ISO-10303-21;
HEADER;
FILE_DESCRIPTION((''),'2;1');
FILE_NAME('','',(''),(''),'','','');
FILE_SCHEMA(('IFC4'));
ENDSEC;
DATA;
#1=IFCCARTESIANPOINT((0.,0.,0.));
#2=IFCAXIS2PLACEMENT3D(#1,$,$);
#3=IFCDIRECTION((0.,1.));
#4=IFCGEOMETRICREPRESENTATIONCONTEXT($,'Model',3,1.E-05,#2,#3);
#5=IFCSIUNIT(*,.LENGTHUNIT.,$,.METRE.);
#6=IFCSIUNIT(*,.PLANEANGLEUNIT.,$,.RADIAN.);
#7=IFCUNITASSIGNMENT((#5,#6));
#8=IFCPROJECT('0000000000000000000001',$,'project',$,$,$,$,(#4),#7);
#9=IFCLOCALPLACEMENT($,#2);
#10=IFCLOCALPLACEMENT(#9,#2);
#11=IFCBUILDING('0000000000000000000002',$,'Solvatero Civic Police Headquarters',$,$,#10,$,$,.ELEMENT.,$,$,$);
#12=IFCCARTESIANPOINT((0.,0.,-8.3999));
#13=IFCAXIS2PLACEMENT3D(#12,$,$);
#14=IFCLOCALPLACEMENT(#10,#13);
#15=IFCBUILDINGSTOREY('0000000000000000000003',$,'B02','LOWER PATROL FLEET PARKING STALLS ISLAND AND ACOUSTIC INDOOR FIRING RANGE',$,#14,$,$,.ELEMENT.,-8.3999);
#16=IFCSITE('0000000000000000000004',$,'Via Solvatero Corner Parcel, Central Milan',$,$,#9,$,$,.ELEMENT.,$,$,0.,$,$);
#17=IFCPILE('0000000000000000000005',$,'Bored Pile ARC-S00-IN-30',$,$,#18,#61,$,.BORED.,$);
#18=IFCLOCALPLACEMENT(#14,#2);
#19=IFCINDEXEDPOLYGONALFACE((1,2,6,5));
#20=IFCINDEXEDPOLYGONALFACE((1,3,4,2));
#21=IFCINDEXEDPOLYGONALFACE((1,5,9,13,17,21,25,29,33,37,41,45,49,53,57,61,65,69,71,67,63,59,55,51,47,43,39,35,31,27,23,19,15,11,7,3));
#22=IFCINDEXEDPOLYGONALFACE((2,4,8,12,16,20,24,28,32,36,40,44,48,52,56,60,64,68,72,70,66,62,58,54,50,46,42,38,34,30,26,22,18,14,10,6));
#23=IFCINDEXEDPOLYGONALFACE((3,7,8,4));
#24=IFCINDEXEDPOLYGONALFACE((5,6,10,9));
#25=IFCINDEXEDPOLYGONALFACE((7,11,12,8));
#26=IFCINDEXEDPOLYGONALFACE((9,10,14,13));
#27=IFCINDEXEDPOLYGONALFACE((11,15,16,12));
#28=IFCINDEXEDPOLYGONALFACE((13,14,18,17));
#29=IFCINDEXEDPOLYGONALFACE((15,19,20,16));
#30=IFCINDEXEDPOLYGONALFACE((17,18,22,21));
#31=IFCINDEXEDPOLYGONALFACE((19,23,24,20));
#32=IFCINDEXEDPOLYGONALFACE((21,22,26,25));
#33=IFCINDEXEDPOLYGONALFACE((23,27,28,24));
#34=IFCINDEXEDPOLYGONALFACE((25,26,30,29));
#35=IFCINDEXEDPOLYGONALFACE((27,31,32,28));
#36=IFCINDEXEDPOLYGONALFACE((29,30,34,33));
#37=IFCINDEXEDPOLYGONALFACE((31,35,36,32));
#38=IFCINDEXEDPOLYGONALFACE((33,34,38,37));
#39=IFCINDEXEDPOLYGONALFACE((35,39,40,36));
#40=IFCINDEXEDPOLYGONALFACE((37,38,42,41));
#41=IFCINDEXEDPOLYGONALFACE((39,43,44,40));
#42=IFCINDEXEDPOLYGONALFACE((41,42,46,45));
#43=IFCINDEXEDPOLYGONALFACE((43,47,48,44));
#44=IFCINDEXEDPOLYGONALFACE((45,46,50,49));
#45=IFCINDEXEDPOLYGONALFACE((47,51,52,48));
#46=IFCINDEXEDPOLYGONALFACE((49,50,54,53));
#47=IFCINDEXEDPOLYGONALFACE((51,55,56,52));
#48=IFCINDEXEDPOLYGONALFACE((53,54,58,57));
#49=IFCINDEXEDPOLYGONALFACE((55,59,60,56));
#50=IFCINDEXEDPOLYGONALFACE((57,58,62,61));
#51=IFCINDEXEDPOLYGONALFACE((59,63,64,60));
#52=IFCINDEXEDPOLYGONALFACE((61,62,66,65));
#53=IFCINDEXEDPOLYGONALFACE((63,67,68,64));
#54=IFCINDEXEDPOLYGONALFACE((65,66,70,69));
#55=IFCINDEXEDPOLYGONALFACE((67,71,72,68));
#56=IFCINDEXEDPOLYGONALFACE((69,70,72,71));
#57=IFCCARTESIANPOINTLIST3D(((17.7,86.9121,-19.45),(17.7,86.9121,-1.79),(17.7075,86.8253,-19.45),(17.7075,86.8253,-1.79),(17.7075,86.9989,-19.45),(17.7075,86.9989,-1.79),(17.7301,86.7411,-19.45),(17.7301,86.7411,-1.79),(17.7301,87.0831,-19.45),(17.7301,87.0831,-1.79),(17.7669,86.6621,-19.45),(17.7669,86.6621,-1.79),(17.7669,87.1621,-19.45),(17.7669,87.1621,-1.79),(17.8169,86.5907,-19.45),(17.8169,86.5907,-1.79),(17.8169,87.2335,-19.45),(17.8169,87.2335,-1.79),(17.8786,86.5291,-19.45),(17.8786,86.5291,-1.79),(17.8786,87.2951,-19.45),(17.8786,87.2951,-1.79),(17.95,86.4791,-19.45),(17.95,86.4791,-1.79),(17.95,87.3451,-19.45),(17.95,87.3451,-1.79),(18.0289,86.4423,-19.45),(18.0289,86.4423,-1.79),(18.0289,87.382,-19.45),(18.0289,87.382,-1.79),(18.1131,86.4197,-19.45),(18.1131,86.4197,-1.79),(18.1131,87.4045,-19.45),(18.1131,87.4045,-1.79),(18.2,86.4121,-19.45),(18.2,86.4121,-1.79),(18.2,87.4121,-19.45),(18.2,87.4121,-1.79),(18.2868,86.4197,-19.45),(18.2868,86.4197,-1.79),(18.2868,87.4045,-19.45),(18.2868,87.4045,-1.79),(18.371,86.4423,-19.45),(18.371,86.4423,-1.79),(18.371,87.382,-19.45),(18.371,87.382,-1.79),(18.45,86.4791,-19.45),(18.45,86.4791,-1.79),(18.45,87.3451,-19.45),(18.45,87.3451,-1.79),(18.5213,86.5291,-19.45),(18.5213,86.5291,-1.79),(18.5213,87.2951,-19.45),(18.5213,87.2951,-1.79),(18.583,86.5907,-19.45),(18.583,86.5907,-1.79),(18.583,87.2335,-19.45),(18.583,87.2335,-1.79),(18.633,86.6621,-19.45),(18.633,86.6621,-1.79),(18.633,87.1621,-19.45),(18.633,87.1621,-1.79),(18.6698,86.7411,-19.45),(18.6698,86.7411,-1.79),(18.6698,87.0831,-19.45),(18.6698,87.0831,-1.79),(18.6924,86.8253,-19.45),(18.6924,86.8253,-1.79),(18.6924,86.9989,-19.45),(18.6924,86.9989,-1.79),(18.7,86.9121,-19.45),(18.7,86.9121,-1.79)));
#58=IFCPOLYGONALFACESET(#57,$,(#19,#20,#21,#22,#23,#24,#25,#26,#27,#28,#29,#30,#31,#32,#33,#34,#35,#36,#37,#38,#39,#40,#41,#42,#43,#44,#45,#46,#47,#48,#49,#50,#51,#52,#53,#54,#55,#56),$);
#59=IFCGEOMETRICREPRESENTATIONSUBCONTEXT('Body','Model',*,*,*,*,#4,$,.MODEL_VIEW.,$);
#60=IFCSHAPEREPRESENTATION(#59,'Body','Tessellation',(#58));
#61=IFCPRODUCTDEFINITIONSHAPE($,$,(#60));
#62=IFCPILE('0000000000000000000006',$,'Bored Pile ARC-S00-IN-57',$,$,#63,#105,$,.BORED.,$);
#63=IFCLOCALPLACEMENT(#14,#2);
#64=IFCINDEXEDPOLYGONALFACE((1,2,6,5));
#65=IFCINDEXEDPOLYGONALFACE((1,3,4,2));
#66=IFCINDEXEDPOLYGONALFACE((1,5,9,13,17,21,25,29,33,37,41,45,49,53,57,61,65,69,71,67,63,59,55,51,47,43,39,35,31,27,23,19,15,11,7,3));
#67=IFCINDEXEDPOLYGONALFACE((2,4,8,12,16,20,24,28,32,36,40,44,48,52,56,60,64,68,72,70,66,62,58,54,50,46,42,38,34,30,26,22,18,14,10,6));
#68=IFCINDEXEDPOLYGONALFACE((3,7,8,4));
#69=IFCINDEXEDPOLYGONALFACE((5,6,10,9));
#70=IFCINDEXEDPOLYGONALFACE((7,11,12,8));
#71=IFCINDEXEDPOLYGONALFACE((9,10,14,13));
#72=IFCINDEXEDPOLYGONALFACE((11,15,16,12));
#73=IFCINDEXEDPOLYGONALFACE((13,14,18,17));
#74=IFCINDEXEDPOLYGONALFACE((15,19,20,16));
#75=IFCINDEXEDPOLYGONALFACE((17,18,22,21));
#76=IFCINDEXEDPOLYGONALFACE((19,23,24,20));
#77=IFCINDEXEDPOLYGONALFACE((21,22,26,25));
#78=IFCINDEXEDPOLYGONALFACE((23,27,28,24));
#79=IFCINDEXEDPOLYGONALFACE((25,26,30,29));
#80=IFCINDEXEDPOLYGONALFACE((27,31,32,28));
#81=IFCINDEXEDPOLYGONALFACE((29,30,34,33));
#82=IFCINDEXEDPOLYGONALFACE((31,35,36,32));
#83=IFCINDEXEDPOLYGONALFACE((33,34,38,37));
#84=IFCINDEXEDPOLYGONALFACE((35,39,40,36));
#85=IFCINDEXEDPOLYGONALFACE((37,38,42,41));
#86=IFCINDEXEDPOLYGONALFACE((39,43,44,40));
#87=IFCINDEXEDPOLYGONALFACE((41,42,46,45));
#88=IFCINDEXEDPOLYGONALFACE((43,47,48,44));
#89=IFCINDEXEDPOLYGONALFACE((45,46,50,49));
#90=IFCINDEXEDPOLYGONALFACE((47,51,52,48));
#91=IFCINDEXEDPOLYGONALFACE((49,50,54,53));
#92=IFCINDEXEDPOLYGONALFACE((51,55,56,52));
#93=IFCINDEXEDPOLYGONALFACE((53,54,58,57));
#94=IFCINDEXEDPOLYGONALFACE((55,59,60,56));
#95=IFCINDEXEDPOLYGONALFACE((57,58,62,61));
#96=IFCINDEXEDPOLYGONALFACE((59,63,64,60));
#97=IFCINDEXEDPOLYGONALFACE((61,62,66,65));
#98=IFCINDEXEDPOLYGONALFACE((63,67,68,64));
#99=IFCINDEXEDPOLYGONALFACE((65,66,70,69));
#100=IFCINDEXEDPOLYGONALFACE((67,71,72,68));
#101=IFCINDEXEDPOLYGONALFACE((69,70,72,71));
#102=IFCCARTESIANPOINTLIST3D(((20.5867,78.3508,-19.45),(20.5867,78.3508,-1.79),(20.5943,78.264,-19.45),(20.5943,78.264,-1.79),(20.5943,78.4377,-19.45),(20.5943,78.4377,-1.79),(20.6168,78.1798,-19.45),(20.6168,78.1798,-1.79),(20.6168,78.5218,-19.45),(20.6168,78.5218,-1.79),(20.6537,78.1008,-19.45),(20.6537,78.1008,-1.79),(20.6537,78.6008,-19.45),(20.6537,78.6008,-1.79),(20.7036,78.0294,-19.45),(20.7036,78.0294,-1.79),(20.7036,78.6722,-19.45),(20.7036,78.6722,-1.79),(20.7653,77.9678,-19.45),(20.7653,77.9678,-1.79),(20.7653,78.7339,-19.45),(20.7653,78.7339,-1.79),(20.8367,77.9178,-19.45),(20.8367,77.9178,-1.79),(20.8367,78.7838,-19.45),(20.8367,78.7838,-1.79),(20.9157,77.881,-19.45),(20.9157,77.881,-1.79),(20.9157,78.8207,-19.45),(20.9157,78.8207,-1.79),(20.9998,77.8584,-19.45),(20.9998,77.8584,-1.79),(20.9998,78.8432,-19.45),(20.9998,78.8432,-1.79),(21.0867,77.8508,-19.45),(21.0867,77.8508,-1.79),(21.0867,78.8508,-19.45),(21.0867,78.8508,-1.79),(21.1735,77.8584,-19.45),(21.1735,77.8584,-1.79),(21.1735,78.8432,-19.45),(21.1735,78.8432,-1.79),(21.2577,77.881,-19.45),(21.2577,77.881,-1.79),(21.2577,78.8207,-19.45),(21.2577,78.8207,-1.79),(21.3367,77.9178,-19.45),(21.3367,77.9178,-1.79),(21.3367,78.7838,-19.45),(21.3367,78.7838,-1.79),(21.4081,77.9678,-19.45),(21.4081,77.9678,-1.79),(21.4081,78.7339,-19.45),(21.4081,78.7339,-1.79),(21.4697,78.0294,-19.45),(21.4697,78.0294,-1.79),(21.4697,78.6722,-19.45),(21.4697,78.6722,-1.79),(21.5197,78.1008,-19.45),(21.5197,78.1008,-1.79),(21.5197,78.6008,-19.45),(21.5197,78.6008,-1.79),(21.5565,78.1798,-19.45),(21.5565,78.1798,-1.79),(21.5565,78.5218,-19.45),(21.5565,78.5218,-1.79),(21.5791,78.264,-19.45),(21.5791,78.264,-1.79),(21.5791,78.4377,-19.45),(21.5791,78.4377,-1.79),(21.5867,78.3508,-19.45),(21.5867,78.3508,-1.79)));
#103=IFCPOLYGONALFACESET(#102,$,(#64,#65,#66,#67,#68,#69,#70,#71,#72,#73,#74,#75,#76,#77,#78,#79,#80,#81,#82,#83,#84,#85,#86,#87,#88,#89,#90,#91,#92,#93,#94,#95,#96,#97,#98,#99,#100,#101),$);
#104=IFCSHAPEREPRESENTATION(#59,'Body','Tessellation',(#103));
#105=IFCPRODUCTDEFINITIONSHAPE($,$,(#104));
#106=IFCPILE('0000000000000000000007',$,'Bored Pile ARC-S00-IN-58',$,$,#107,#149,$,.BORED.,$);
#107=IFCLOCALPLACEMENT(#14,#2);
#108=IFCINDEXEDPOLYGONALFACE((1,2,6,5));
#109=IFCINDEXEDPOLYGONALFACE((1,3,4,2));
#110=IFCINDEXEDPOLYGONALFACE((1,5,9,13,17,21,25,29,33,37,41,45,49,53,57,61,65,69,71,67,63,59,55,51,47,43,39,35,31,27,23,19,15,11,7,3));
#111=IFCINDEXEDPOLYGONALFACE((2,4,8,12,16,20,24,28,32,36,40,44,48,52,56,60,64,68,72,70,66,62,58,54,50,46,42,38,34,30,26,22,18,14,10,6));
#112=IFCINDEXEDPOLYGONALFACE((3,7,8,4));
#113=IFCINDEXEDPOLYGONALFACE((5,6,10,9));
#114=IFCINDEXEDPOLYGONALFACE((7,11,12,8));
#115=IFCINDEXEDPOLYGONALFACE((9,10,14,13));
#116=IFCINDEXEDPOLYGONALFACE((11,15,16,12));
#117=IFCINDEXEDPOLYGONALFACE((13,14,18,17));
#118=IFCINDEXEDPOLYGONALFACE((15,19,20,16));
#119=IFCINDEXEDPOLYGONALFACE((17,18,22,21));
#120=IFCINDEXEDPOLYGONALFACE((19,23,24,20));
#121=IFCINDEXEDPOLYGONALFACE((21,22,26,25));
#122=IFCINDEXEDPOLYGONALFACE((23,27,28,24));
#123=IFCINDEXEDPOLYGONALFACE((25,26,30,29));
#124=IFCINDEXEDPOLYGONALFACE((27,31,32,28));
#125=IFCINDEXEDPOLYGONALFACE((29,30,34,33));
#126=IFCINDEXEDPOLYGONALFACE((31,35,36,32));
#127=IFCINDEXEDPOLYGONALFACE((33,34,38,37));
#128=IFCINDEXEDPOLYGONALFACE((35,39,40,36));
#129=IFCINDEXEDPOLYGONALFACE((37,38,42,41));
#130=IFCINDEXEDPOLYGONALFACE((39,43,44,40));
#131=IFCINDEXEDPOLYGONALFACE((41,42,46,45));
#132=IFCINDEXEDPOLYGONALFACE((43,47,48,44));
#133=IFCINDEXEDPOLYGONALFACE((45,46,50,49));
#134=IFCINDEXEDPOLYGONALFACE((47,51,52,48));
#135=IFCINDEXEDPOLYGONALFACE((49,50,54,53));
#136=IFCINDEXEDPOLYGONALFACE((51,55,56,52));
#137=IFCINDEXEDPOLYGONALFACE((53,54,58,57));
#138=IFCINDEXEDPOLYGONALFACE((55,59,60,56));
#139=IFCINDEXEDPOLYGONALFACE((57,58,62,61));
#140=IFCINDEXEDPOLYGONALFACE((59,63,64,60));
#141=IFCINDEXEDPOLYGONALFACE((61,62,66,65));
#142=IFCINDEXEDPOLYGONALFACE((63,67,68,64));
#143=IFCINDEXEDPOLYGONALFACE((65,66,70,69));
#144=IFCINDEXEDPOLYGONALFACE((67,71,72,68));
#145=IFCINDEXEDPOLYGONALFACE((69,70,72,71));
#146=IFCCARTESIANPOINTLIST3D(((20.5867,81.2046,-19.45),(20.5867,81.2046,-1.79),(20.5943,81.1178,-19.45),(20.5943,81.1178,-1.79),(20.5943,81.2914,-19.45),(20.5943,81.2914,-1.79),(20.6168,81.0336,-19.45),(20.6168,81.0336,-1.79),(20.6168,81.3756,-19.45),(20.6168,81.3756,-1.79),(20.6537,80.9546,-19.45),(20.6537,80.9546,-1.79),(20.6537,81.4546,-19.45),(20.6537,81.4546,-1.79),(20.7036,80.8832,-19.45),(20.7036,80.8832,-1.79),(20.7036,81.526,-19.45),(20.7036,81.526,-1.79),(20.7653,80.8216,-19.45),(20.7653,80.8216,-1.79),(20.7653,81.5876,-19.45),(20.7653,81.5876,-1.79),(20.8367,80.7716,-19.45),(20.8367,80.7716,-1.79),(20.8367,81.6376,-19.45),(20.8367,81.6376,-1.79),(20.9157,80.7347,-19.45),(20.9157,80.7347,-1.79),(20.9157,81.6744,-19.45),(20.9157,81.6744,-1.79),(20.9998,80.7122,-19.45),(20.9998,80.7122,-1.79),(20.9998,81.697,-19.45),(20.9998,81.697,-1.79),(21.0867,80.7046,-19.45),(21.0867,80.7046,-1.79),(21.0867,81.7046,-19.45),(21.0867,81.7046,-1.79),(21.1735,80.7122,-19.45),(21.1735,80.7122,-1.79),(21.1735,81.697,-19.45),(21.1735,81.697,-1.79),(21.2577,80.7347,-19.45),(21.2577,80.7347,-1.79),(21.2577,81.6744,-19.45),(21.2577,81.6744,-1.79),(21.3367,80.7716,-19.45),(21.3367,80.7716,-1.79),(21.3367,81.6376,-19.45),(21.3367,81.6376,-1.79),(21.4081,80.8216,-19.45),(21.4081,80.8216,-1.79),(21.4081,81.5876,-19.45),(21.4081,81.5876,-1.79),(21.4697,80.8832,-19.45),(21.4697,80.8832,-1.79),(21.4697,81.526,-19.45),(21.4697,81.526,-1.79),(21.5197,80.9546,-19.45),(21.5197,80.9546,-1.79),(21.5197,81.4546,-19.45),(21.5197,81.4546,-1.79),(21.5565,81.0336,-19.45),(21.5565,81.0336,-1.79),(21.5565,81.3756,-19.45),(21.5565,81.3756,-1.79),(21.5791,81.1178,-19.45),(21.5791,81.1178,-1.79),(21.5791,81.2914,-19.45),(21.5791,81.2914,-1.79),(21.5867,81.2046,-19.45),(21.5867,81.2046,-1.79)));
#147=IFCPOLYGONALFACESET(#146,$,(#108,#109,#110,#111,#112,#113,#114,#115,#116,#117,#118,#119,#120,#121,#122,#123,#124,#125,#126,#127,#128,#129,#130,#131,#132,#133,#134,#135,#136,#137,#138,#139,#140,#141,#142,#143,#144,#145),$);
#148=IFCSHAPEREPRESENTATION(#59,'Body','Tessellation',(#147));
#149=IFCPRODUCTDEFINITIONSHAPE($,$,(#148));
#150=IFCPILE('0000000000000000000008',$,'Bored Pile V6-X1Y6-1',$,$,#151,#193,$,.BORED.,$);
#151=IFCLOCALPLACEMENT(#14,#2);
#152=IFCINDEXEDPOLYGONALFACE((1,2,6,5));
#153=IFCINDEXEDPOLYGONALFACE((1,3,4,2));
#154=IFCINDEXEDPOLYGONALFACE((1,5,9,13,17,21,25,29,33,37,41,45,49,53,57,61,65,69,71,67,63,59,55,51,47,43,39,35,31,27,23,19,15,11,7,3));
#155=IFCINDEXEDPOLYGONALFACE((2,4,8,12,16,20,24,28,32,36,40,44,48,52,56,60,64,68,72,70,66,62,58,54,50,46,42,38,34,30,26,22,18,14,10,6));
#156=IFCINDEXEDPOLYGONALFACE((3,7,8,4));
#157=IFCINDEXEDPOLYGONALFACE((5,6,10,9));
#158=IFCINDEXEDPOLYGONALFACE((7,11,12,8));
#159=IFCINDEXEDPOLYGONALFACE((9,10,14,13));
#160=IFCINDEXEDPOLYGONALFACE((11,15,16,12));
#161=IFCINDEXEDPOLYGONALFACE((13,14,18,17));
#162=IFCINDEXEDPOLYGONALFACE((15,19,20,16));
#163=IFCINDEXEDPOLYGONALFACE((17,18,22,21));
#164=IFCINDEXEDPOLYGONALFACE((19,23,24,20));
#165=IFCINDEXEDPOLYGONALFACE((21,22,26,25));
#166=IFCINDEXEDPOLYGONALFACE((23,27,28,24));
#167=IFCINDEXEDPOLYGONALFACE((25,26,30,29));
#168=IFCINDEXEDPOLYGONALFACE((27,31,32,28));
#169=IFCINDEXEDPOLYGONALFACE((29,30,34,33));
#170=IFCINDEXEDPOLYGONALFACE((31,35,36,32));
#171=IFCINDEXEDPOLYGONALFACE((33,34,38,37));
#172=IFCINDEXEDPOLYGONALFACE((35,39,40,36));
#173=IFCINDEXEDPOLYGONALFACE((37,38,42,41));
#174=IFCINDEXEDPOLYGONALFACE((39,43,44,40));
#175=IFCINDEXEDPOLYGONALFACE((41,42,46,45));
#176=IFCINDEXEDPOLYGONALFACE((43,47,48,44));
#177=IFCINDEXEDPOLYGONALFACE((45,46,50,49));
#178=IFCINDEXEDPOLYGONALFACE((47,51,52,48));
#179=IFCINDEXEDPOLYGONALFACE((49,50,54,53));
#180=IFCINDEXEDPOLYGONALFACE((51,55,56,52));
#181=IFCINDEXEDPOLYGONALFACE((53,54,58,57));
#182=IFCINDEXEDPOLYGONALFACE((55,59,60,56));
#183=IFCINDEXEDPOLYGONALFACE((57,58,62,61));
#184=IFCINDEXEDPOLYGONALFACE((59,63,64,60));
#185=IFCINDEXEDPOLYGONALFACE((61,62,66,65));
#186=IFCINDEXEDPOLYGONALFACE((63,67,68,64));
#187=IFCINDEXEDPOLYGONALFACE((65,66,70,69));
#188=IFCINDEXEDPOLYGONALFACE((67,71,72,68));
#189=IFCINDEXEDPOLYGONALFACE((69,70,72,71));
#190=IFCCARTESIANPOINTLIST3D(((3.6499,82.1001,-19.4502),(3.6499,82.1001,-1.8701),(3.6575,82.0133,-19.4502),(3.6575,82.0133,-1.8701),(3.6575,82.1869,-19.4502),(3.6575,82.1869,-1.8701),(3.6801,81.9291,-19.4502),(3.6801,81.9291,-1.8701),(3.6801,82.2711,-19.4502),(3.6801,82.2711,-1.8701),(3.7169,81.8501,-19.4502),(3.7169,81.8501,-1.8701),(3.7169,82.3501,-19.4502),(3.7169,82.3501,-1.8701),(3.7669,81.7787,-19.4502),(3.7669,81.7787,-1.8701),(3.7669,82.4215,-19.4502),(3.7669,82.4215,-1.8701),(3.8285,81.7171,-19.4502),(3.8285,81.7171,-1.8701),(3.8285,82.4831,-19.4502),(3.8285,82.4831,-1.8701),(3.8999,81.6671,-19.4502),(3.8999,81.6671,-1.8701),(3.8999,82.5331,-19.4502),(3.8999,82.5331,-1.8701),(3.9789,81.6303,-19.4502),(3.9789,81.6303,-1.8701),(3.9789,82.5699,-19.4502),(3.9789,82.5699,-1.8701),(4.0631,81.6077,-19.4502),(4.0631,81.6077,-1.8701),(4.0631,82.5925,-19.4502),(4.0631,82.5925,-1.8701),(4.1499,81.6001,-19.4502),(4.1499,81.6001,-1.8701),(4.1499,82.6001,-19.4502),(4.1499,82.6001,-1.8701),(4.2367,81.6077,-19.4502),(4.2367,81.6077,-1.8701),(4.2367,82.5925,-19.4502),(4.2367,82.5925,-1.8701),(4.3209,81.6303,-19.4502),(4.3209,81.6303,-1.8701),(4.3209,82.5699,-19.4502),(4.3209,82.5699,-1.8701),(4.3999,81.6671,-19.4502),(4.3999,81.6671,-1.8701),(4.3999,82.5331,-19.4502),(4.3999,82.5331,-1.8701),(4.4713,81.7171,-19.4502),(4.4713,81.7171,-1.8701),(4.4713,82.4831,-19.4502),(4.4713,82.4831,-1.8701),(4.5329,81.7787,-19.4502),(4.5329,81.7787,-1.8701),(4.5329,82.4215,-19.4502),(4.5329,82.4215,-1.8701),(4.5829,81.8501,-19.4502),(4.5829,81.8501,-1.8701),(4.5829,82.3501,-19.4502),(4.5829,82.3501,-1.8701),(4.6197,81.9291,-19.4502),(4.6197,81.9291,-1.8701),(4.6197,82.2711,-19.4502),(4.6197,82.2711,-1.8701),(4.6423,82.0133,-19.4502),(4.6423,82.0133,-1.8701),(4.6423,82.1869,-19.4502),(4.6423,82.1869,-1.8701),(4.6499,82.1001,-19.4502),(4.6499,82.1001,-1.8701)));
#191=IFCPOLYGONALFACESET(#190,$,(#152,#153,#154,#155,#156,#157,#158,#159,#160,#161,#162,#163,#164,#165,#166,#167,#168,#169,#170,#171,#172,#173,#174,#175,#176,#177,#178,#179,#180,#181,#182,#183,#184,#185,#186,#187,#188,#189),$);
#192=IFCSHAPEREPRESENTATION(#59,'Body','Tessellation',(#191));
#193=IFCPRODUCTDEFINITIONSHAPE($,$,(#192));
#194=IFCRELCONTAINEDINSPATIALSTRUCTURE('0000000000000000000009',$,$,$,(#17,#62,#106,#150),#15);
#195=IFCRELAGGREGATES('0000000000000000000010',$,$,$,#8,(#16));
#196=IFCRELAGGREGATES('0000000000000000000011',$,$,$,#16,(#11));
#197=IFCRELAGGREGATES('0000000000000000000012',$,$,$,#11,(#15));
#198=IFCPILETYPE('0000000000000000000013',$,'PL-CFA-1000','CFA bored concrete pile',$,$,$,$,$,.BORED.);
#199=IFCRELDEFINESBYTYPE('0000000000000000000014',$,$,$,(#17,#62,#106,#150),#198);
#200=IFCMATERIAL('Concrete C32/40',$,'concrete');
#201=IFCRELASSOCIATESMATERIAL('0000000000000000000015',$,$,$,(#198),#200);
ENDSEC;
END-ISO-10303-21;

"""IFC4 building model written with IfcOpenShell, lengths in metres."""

from ifc_helpers import new_model, si_unit, direction, frame, origin, origin_2d, place, context, subcontext, project, spatial, circle, extrude, material, material_profile, profile_set, type_object, element, save


model = new_model("IFC4")

# Units and contexts
model_context = context("Model", 3, precision=1e-05, world=origin(), true_north=direction((0.0, 1.0)))
body_context = subcontext(model_context, "Body", "Model", "MODEL_VIEW")
ifc_project = project(units=[si_unit("LENGTHUNIT", "METRE"), si_unit("PLANEANGLEUNIT", "RADIAN")], contexts=[model_context])

# Site, building, storey
site_placement = place(None, origin())
site = spatial("IfcSite", under=ifc_project, at=site_placement, Name="Via Solvatero Corner Parcel, Central Milan", CompositionType="ELEMENT", RefElevation=0.0)
building_placement = place(site_placement, origin())
building = spatial("IfcBuilding", under=site, at=building_placement, Name="Solvatero Civic Police Headquarters", CompositionType="ELEMENT")
storey_placement = place(building_placement, frame((0.0, 0.0, -8.3999)))
storey = spatial("IfcBuildingStorey", under=building, at=storey_placement, Name="B02", Description="LOWER PATROL FLEET PARKING STALLS ISLAND AND ACOUSTIC INDOOR FIRING RANGE", CompositionType="ELEMENT", Elevation=-8.3999)

# Piles
ifc_material_1 = material(Name="Concrete C32/40", Category="concrete")
ifc_material_profile_1 = material_profile(ifc_material_1, circle(Radius=0.5, at=origin_2d()), Name="CFA PILE D1000")
ifc_profile_set_1 = profile_set([ifc_material_profile_1], Name="Concrete C32/40")
pile_type_1 = type_object("IfcPileType", Name="PL-CFA-1000", Description="CFA bored concrete pile", PredefinedType="BORED", material=ifc_profile_set_1)
for number, where, z_axis, x_axis, name in (
    (1, (18.2, 86.9121, -1.79), (0.0, 0.0, -1.0), (1.0, 0.0, 0.0), "Bored Pile ARC-S00-IN-30"),
    (2, (21.0867, 78.3508, -1.79), (0.0, 0.0, -1.0), (1.0, 0.0, 0.0), "Bored Pile ARC-S00-IN-57"),
    (3, (21.0867, 81.2046, -1.79), (0.0, 0.0, -1.0), (1.0, 0.0, 0.0), "Bored Pile ARC-S00-IN-58"),
):
    element("IfcPile", number, at=place(storey_placement, frame(where, z_axis=z_axis, x_axis=x_axis)), inside=storey, type_object=pile_type_1, Name=name, PredefinedType="BORED", context=body_context, shape_type="SweptSolid", body=[
        extrude(circle(Radius=0.5, at=origin_2d()), origin(), (0.0, 0.0, 1.0), 17.6599),
    ])
for number, where, z_axis, x_axis, name in (
    (4, (4.1499, 82.1001, -1.8701), (0.0, 0.0, -1.0), (1.0, 0.0, 0.0), "Bored Pile V6-X1Y6-1"),
):
    element("IfcPile", number, at=place(storey_placement, frame(where, z_axis=z_axis, x_axis=x_axis)), inside=storey, type_object=pile_type_1, Name=name, PredefinedType="BORED", context=body_context, shape_type="SweptSolid", body=[
        extrude(circle(Radius=0.5, at=origin_2d()), origin(), (0.0, 0.0, 1.0), 17.5801),
    ])

save(model, "model.ifc")
